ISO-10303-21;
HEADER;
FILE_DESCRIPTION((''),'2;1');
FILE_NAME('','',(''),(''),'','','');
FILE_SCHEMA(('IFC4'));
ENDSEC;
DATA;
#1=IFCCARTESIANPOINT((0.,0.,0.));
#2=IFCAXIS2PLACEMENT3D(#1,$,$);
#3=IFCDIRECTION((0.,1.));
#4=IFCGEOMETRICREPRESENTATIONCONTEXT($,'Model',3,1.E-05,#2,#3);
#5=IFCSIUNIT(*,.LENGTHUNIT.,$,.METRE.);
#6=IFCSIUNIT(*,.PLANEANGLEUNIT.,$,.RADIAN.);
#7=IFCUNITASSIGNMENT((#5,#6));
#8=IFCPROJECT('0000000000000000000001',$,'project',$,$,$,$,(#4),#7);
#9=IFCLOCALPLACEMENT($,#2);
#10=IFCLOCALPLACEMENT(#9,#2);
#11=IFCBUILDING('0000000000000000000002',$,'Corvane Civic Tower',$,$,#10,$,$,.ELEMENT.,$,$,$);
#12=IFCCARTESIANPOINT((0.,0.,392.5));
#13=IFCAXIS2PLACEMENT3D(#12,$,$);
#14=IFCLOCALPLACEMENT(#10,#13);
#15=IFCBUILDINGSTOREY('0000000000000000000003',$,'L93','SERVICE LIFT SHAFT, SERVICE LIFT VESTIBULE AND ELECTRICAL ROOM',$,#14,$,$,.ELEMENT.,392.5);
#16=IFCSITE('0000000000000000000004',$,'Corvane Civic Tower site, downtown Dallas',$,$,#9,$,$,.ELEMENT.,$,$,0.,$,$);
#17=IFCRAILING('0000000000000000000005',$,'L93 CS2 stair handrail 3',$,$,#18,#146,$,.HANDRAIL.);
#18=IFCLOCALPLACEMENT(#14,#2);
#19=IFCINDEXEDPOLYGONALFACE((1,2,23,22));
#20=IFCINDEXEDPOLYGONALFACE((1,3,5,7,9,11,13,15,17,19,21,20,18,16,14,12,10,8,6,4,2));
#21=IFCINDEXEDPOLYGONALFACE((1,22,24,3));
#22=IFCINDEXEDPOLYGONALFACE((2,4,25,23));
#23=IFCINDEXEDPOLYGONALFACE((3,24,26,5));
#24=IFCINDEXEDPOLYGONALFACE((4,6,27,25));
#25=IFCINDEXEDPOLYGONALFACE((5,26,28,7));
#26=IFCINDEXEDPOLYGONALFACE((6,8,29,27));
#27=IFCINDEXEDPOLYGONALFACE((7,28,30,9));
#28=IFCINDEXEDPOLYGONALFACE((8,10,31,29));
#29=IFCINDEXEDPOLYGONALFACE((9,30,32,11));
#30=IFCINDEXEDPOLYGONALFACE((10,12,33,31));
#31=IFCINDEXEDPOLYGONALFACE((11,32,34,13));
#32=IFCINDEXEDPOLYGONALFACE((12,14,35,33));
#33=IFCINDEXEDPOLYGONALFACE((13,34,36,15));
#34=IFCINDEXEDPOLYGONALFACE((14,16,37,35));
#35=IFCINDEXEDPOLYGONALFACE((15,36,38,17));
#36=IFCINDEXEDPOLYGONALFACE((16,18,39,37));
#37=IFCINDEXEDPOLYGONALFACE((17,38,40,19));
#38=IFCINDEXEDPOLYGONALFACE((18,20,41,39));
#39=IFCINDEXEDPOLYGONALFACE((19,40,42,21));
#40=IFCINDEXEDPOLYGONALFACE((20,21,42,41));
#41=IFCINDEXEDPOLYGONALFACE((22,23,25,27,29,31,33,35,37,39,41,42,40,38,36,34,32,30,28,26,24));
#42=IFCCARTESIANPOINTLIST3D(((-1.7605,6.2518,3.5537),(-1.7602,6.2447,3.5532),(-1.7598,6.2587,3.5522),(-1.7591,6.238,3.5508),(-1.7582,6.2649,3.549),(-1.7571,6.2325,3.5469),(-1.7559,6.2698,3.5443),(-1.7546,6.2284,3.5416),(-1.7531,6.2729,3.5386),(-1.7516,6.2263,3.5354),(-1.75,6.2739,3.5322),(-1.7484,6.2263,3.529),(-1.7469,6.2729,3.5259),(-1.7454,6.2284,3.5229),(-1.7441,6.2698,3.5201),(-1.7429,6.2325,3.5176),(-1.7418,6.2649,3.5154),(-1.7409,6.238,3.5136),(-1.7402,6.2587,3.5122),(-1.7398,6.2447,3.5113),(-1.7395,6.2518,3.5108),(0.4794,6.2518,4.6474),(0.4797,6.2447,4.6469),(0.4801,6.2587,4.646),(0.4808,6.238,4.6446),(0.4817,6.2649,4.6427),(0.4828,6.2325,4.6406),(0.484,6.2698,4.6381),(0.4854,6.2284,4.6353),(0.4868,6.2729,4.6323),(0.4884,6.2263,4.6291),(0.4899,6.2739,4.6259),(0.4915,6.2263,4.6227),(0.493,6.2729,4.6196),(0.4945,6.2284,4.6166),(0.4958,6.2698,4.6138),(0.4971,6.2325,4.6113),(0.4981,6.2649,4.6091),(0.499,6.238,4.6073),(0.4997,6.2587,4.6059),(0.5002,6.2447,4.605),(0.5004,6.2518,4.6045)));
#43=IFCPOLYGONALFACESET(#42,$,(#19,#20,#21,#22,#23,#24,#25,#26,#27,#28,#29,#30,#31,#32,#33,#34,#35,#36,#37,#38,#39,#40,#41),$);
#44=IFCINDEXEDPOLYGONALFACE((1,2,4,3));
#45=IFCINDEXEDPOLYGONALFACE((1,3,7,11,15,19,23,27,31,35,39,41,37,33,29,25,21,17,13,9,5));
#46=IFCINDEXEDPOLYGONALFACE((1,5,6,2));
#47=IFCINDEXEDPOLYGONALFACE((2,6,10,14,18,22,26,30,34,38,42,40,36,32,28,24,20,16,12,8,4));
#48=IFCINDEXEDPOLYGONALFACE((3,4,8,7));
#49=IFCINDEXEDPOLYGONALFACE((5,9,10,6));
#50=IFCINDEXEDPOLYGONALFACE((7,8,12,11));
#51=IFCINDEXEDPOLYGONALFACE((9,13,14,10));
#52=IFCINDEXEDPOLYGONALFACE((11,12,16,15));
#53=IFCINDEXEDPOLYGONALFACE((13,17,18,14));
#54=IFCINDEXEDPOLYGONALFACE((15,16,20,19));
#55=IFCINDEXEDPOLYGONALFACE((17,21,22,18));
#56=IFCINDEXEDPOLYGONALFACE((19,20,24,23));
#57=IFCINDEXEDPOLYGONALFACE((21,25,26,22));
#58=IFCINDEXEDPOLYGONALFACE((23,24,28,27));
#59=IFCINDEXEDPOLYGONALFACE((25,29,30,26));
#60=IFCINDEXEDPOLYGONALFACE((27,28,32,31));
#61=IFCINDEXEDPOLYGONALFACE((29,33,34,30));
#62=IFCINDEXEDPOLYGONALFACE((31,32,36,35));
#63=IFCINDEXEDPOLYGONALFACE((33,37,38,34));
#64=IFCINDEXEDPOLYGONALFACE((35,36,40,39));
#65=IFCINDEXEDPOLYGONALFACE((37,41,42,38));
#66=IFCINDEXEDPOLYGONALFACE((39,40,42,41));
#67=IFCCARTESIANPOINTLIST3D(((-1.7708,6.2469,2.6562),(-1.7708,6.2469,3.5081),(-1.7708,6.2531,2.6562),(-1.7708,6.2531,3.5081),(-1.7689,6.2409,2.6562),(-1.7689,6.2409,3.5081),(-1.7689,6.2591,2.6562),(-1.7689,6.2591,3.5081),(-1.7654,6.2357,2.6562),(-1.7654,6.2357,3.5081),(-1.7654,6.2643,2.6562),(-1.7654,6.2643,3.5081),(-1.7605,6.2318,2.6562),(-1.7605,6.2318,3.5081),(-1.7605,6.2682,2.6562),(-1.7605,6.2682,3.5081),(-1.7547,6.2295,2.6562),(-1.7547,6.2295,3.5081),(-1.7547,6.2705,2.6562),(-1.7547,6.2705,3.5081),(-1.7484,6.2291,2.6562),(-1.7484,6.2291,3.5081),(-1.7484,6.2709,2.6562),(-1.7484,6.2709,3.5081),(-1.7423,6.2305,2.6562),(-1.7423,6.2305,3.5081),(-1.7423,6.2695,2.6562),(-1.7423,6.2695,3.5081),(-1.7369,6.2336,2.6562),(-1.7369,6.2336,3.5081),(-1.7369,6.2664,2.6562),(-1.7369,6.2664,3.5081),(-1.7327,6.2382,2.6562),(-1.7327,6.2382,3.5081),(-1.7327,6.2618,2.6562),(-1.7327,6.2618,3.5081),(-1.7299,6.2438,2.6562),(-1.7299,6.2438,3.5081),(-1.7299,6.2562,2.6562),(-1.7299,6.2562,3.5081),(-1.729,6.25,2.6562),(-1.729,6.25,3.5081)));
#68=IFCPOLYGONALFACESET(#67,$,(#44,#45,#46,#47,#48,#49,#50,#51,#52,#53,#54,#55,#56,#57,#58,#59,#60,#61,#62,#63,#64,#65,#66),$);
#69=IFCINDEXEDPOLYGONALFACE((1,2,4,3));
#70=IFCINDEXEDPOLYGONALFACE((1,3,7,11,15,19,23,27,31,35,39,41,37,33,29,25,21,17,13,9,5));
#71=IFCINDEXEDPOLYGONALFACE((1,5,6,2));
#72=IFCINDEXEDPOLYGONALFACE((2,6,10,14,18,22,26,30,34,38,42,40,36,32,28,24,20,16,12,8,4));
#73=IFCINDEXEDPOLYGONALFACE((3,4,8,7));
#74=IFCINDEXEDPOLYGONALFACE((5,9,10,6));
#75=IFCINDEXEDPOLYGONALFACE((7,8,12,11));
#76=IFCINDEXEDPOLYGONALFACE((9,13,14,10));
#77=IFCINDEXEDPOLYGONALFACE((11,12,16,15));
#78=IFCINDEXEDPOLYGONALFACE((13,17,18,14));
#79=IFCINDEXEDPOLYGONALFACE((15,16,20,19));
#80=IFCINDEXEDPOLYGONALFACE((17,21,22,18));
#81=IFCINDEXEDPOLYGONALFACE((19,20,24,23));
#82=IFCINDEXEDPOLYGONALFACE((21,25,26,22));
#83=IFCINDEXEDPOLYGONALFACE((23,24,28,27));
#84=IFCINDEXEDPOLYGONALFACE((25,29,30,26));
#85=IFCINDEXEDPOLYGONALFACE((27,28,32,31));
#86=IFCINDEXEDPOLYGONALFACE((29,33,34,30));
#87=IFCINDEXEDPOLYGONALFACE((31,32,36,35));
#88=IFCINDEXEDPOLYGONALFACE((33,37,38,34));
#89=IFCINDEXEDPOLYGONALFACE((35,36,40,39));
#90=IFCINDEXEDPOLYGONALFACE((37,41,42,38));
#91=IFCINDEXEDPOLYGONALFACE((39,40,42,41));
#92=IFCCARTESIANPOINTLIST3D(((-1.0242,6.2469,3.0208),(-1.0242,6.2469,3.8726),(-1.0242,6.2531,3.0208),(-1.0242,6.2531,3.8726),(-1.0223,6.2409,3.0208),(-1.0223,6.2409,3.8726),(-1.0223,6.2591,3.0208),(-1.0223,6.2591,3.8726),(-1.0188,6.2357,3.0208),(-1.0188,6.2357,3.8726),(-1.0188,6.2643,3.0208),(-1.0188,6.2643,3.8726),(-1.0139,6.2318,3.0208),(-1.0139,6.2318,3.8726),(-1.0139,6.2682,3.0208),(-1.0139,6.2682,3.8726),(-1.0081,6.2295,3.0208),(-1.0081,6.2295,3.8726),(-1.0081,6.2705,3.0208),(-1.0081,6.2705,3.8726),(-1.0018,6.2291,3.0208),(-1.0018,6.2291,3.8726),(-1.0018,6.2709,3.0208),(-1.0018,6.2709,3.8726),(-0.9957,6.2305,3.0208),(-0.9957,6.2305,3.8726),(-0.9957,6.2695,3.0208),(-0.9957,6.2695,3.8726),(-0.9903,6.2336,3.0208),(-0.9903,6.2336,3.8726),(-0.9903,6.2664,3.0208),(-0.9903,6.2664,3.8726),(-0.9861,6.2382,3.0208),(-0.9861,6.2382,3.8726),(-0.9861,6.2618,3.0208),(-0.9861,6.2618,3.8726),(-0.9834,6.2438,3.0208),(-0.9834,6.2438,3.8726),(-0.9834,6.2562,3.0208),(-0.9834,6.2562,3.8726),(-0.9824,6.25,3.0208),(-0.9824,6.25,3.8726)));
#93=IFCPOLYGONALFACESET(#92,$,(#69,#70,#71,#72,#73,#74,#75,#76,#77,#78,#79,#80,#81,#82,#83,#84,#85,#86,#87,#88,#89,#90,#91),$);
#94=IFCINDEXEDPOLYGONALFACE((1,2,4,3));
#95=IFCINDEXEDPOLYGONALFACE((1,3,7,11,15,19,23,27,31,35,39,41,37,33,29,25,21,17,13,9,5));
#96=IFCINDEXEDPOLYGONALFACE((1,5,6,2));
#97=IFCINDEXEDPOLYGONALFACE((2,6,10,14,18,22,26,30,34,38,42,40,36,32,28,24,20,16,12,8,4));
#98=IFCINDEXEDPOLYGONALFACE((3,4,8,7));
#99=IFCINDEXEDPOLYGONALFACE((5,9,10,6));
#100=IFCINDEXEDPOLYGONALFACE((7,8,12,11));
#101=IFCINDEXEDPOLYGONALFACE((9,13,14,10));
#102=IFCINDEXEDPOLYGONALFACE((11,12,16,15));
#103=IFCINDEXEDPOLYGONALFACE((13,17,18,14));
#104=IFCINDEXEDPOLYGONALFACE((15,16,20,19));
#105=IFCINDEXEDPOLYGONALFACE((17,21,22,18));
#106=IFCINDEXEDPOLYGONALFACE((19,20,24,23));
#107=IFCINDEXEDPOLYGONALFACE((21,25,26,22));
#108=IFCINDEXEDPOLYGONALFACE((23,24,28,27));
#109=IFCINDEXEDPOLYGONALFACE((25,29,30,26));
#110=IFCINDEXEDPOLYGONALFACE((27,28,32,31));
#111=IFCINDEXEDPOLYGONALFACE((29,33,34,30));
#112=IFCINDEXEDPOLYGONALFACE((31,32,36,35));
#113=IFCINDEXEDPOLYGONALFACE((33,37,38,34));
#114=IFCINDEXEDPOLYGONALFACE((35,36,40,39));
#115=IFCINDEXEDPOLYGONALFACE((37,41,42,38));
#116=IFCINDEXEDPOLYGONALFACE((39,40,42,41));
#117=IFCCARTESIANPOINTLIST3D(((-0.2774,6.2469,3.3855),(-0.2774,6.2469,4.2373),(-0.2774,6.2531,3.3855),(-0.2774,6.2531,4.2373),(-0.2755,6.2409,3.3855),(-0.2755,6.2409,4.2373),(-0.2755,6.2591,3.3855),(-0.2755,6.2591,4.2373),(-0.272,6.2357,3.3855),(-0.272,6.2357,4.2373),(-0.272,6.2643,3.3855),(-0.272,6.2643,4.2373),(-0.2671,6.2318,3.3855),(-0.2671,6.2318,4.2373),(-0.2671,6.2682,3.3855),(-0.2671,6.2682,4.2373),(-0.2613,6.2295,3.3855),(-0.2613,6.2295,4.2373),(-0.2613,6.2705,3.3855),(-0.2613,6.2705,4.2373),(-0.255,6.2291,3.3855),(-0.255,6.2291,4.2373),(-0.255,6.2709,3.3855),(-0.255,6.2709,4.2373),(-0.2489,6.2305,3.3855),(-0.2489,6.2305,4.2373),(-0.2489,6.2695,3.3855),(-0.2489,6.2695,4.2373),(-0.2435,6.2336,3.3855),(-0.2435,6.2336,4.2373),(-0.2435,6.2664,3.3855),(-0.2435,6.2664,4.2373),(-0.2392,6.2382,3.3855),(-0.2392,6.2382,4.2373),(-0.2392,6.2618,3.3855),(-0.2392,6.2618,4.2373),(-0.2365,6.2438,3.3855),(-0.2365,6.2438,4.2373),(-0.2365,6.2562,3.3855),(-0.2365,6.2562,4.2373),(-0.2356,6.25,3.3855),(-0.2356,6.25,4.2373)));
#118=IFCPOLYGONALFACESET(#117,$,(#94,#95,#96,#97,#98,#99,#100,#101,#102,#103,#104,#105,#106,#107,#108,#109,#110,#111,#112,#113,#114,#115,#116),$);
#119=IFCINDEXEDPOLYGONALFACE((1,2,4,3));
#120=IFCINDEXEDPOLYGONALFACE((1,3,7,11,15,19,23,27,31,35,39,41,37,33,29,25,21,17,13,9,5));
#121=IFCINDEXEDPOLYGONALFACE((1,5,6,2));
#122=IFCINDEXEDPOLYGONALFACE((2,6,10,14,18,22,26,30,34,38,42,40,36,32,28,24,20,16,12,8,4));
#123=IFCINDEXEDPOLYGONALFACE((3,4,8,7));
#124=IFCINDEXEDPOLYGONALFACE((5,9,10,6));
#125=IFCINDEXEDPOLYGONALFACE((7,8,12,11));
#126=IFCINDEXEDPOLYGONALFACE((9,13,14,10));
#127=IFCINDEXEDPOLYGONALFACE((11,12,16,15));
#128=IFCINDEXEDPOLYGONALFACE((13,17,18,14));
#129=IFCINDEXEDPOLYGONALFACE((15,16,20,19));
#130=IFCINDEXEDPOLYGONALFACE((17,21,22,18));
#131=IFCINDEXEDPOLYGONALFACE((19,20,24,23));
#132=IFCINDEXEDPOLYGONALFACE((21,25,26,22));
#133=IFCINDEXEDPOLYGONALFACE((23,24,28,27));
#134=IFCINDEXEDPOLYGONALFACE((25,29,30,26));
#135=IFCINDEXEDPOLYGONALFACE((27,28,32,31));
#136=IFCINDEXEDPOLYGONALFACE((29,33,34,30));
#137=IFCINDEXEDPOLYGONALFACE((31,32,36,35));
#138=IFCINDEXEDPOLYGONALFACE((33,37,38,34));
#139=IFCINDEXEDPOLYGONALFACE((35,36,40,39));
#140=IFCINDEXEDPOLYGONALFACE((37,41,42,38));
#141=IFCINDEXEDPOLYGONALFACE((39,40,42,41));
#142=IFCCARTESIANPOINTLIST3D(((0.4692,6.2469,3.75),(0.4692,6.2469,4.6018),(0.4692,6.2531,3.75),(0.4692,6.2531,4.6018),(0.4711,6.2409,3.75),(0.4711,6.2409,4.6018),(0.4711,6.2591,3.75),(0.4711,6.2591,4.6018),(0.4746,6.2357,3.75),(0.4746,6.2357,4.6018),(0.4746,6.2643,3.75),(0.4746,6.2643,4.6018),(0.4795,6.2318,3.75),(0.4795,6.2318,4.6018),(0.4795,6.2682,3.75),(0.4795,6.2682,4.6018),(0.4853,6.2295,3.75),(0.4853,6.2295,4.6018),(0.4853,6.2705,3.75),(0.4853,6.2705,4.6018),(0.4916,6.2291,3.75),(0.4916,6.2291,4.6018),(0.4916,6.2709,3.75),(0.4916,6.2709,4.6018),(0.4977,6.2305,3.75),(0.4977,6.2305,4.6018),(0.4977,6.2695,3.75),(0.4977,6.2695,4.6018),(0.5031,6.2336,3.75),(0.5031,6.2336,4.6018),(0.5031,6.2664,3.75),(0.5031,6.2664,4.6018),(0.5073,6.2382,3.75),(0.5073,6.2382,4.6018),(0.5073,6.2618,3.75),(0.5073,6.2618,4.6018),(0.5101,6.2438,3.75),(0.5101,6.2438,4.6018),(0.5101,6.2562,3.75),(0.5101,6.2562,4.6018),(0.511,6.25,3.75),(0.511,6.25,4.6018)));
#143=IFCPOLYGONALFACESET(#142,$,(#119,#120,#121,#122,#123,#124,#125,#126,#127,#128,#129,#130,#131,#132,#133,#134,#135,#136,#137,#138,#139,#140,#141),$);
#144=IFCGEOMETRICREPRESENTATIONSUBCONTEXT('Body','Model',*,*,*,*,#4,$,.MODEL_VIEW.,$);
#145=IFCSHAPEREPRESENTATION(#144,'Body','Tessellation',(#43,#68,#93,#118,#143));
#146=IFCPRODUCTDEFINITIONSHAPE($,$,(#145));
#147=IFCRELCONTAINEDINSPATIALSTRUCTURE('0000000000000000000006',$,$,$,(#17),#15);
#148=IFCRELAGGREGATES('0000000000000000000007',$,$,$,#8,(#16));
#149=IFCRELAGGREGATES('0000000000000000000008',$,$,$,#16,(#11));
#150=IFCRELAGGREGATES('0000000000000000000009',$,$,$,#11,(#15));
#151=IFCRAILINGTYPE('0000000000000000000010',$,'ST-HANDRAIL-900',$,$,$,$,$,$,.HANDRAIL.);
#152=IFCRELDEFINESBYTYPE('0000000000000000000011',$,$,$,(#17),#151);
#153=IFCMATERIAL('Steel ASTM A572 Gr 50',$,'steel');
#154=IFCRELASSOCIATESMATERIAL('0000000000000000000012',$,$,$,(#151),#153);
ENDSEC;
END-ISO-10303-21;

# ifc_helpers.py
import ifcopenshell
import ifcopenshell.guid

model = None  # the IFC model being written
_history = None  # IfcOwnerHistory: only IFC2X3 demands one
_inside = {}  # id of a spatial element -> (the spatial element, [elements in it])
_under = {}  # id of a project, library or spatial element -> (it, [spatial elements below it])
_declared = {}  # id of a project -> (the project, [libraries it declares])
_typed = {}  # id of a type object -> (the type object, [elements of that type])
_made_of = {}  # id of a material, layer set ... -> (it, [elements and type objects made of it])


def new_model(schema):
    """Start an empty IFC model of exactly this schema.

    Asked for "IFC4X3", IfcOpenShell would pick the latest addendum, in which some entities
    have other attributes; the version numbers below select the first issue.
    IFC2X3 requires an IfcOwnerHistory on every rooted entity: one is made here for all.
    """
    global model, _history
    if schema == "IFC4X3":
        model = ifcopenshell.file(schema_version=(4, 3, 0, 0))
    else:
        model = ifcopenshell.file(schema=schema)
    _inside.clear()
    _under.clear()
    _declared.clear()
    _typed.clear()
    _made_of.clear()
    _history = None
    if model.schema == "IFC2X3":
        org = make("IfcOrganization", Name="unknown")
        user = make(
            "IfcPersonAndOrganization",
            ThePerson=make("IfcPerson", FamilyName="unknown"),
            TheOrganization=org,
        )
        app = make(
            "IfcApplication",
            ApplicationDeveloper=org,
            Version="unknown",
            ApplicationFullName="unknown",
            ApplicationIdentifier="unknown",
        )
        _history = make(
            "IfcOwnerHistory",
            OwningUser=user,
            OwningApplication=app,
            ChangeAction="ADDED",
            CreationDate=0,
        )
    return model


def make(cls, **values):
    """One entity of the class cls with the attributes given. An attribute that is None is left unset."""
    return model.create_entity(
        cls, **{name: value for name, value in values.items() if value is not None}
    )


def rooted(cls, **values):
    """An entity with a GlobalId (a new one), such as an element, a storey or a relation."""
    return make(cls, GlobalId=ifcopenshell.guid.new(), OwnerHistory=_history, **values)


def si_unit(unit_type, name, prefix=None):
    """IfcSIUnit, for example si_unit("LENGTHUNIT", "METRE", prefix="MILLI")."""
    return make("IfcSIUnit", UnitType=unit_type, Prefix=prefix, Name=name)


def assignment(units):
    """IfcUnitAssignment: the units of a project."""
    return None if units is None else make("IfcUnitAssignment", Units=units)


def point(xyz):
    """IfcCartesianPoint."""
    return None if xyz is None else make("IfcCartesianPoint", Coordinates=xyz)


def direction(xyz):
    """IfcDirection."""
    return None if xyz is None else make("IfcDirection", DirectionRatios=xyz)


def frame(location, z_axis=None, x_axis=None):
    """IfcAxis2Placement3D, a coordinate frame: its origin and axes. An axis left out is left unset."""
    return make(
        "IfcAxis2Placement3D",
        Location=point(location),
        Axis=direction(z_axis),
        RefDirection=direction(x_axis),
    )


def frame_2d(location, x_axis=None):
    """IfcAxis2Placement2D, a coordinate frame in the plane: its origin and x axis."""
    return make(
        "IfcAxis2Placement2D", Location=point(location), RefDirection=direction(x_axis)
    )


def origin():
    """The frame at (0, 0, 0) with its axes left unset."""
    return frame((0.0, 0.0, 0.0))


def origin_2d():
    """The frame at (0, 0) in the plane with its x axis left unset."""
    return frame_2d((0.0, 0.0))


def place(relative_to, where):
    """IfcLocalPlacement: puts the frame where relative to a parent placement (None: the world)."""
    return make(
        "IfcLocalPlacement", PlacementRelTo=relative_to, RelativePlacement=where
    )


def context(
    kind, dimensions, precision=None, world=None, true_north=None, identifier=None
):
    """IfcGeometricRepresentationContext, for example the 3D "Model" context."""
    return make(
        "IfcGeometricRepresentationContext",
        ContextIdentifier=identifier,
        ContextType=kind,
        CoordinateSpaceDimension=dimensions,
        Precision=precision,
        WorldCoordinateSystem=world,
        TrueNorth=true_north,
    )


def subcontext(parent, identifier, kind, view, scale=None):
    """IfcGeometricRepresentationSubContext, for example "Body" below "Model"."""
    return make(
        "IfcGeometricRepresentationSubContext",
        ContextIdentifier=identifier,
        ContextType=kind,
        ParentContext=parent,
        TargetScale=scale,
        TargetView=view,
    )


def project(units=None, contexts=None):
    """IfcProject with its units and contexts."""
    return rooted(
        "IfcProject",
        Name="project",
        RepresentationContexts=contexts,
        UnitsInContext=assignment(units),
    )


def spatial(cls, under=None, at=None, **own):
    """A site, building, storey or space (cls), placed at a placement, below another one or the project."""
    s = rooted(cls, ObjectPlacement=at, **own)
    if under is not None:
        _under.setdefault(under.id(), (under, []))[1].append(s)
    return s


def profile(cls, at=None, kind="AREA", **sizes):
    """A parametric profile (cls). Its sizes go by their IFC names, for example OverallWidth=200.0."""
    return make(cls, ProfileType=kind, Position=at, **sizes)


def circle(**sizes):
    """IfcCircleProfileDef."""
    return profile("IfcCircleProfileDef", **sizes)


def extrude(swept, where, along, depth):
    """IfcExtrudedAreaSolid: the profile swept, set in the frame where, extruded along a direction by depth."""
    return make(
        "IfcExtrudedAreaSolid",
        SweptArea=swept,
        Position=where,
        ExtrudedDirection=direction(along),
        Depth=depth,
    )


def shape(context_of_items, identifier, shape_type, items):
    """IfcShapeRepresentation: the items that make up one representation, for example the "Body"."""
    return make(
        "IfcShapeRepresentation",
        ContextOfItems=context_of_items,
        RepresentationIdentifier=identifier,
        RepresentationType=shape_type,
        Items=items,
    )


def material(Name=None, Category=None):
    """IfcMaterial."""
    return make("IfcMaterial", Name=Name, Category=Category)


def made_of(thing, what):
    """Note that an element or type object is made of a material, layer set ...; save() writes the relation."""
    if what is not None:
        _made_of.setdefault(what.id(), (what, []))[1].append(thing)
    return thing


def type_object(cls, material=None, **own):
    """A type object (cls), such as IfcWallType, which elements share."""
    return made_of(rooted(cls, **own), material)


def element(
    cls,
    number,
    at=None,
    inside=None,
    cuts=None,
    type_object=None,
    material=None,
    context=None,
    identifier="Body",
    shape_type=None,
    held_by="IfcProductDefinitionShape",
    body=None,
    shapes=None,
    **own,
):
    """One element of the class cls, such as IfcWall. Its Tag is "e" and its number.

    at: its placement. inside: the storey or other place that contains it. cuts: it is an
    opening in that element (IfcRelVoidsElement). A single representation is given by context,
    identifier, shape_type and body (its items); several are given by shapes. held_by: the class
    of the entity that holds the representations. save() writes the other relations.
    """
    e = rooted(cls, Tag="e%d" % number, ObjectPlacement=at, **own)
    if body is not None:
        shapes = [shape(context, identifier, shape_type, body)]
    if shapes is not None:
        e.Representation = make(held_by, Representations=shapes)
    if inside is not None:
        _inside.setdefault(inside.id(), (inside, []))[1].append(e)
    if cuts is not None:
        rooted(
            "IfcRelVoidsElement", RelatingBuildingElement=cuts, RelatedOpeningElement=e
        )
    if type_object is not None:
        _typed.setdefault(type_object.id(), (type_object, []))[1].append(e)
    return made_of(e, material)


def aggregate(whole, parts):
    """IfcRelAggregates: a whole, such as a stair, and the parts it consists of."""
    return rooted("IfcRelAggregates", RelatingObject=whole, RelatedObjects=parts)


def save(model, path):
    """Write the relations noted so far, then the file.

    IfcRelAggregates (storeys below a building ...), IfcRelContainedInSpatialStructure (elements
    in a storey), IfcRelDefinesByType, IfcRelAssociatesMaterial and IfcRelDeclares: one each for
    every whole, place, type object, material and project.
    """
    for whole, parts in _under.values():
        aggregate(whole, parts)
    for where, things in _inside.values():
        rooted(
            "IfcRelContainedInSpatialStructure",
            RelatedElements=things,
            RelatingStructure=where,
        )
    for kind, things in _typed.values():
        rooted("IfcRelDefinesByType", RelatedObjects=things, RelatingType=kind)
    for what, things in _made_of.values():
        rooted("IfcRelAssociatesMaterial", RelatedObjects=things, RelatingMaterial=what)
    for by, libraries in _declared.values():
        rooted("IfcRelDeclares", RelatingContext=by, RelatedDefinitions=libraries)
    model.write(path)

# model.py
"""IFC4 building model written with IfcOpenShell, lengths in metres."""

from ifc_helpers import new_model, si_unit, direction, frame, origin, origin_2d, place, context, subcontext, project, spatial, circle, extrude, material, type_object, element, save


model = new_model("IFC4")

# Units and contexts
model_context = context("Model", 3, precision=1e-05, world=origin(), true_north=direction((0.0, 1.0)))
body_context = subcontext(model_context, "Body", "Model", "MODEL_VIEW")
ifc_project = project(units=[si_unit("LENGTHUNIT", "METRE"), si_unit("PLANEANGLEUNIT", "RADIAN")], contexts=[model_context])

# Site, building, storey
site_placement = place(None, origin())
site = spatial("IfcSite", under=ifc_project, at=site_placement, Name="Corvane Civic Tower site, downtown Dallas", CompositionType="ELEMENT", RefElevation=0.0)
building_placement = place(site_placement, origin())
building = spatial("IfcBuilding", under=site, at=building_placement, Name="Corvane Civic Tower", CompositionType="ELEMENT")
storey_placement = place(building_placement, frame((0.0, 0.0, 392.5)))
storey = spatial("IfcBuildingStorey", under=building, at=storey_placement, Name="L93", Description="SERVICE LIFT SHAFT, SERVICE LIFT VESTIBULE AND ELECTRICAL ROOM", CompositionType="ELEMENT", Elevation=392.5)

# Railing
ifc_material_1 = material(Name="Steel ASTM A572 Gr 50", Category="steel")
railing_type = type_object("IfcRailingType", Name="ST-HANDRAIL-900", PredefinedType="HANDRAIL", material=ifc_material_1)
for number, where, name in (
    (1, (-1.75, 6.25, 2.6562), "L93 CS2 stair handrail 3"),
):
    element("IfcRailing", number, at=place(storey_placement, frame(where)), inside=storey, type_object=railing_type, Name=name, PredefinedType="HANDRAIL", context=body_context, shape_type="SweptSolid", body=[
        extrude(circle(Radius=0.0239, at=origin_2d()), frame((0.0, 0.0, 0.876), z_axis=(0.898599, 0.0, 0.438771), x_axis=(0.0, 1.0, 0.0)), (0.0, 0.0, 1.0), 2.4927),
        extrude(circle(Radius=0.021, at=origin_2d()), origin(), (0.0, 0.0, 1.0), 0.8518),
        extrude(circle(Radius=0.021, at=origin_2d()), frame((0.7466, 0.0, 0.3645)), (0.0, 0.0, 1.0), 0.8518),
        extrude(circle(Radius=0.021, at=origin_2d()), frame((1.4934, 0.0, 0.7292)), (0.0, 0.0, 1.0), 0.8518),
        extrude(circle(Radius=0.021, at=origin_2d()), frame((2.24, 0.0, 1.0938)), (0.0, 0.0, 1.0), 0.8518),
    ])

save(model, "model.ifc")
